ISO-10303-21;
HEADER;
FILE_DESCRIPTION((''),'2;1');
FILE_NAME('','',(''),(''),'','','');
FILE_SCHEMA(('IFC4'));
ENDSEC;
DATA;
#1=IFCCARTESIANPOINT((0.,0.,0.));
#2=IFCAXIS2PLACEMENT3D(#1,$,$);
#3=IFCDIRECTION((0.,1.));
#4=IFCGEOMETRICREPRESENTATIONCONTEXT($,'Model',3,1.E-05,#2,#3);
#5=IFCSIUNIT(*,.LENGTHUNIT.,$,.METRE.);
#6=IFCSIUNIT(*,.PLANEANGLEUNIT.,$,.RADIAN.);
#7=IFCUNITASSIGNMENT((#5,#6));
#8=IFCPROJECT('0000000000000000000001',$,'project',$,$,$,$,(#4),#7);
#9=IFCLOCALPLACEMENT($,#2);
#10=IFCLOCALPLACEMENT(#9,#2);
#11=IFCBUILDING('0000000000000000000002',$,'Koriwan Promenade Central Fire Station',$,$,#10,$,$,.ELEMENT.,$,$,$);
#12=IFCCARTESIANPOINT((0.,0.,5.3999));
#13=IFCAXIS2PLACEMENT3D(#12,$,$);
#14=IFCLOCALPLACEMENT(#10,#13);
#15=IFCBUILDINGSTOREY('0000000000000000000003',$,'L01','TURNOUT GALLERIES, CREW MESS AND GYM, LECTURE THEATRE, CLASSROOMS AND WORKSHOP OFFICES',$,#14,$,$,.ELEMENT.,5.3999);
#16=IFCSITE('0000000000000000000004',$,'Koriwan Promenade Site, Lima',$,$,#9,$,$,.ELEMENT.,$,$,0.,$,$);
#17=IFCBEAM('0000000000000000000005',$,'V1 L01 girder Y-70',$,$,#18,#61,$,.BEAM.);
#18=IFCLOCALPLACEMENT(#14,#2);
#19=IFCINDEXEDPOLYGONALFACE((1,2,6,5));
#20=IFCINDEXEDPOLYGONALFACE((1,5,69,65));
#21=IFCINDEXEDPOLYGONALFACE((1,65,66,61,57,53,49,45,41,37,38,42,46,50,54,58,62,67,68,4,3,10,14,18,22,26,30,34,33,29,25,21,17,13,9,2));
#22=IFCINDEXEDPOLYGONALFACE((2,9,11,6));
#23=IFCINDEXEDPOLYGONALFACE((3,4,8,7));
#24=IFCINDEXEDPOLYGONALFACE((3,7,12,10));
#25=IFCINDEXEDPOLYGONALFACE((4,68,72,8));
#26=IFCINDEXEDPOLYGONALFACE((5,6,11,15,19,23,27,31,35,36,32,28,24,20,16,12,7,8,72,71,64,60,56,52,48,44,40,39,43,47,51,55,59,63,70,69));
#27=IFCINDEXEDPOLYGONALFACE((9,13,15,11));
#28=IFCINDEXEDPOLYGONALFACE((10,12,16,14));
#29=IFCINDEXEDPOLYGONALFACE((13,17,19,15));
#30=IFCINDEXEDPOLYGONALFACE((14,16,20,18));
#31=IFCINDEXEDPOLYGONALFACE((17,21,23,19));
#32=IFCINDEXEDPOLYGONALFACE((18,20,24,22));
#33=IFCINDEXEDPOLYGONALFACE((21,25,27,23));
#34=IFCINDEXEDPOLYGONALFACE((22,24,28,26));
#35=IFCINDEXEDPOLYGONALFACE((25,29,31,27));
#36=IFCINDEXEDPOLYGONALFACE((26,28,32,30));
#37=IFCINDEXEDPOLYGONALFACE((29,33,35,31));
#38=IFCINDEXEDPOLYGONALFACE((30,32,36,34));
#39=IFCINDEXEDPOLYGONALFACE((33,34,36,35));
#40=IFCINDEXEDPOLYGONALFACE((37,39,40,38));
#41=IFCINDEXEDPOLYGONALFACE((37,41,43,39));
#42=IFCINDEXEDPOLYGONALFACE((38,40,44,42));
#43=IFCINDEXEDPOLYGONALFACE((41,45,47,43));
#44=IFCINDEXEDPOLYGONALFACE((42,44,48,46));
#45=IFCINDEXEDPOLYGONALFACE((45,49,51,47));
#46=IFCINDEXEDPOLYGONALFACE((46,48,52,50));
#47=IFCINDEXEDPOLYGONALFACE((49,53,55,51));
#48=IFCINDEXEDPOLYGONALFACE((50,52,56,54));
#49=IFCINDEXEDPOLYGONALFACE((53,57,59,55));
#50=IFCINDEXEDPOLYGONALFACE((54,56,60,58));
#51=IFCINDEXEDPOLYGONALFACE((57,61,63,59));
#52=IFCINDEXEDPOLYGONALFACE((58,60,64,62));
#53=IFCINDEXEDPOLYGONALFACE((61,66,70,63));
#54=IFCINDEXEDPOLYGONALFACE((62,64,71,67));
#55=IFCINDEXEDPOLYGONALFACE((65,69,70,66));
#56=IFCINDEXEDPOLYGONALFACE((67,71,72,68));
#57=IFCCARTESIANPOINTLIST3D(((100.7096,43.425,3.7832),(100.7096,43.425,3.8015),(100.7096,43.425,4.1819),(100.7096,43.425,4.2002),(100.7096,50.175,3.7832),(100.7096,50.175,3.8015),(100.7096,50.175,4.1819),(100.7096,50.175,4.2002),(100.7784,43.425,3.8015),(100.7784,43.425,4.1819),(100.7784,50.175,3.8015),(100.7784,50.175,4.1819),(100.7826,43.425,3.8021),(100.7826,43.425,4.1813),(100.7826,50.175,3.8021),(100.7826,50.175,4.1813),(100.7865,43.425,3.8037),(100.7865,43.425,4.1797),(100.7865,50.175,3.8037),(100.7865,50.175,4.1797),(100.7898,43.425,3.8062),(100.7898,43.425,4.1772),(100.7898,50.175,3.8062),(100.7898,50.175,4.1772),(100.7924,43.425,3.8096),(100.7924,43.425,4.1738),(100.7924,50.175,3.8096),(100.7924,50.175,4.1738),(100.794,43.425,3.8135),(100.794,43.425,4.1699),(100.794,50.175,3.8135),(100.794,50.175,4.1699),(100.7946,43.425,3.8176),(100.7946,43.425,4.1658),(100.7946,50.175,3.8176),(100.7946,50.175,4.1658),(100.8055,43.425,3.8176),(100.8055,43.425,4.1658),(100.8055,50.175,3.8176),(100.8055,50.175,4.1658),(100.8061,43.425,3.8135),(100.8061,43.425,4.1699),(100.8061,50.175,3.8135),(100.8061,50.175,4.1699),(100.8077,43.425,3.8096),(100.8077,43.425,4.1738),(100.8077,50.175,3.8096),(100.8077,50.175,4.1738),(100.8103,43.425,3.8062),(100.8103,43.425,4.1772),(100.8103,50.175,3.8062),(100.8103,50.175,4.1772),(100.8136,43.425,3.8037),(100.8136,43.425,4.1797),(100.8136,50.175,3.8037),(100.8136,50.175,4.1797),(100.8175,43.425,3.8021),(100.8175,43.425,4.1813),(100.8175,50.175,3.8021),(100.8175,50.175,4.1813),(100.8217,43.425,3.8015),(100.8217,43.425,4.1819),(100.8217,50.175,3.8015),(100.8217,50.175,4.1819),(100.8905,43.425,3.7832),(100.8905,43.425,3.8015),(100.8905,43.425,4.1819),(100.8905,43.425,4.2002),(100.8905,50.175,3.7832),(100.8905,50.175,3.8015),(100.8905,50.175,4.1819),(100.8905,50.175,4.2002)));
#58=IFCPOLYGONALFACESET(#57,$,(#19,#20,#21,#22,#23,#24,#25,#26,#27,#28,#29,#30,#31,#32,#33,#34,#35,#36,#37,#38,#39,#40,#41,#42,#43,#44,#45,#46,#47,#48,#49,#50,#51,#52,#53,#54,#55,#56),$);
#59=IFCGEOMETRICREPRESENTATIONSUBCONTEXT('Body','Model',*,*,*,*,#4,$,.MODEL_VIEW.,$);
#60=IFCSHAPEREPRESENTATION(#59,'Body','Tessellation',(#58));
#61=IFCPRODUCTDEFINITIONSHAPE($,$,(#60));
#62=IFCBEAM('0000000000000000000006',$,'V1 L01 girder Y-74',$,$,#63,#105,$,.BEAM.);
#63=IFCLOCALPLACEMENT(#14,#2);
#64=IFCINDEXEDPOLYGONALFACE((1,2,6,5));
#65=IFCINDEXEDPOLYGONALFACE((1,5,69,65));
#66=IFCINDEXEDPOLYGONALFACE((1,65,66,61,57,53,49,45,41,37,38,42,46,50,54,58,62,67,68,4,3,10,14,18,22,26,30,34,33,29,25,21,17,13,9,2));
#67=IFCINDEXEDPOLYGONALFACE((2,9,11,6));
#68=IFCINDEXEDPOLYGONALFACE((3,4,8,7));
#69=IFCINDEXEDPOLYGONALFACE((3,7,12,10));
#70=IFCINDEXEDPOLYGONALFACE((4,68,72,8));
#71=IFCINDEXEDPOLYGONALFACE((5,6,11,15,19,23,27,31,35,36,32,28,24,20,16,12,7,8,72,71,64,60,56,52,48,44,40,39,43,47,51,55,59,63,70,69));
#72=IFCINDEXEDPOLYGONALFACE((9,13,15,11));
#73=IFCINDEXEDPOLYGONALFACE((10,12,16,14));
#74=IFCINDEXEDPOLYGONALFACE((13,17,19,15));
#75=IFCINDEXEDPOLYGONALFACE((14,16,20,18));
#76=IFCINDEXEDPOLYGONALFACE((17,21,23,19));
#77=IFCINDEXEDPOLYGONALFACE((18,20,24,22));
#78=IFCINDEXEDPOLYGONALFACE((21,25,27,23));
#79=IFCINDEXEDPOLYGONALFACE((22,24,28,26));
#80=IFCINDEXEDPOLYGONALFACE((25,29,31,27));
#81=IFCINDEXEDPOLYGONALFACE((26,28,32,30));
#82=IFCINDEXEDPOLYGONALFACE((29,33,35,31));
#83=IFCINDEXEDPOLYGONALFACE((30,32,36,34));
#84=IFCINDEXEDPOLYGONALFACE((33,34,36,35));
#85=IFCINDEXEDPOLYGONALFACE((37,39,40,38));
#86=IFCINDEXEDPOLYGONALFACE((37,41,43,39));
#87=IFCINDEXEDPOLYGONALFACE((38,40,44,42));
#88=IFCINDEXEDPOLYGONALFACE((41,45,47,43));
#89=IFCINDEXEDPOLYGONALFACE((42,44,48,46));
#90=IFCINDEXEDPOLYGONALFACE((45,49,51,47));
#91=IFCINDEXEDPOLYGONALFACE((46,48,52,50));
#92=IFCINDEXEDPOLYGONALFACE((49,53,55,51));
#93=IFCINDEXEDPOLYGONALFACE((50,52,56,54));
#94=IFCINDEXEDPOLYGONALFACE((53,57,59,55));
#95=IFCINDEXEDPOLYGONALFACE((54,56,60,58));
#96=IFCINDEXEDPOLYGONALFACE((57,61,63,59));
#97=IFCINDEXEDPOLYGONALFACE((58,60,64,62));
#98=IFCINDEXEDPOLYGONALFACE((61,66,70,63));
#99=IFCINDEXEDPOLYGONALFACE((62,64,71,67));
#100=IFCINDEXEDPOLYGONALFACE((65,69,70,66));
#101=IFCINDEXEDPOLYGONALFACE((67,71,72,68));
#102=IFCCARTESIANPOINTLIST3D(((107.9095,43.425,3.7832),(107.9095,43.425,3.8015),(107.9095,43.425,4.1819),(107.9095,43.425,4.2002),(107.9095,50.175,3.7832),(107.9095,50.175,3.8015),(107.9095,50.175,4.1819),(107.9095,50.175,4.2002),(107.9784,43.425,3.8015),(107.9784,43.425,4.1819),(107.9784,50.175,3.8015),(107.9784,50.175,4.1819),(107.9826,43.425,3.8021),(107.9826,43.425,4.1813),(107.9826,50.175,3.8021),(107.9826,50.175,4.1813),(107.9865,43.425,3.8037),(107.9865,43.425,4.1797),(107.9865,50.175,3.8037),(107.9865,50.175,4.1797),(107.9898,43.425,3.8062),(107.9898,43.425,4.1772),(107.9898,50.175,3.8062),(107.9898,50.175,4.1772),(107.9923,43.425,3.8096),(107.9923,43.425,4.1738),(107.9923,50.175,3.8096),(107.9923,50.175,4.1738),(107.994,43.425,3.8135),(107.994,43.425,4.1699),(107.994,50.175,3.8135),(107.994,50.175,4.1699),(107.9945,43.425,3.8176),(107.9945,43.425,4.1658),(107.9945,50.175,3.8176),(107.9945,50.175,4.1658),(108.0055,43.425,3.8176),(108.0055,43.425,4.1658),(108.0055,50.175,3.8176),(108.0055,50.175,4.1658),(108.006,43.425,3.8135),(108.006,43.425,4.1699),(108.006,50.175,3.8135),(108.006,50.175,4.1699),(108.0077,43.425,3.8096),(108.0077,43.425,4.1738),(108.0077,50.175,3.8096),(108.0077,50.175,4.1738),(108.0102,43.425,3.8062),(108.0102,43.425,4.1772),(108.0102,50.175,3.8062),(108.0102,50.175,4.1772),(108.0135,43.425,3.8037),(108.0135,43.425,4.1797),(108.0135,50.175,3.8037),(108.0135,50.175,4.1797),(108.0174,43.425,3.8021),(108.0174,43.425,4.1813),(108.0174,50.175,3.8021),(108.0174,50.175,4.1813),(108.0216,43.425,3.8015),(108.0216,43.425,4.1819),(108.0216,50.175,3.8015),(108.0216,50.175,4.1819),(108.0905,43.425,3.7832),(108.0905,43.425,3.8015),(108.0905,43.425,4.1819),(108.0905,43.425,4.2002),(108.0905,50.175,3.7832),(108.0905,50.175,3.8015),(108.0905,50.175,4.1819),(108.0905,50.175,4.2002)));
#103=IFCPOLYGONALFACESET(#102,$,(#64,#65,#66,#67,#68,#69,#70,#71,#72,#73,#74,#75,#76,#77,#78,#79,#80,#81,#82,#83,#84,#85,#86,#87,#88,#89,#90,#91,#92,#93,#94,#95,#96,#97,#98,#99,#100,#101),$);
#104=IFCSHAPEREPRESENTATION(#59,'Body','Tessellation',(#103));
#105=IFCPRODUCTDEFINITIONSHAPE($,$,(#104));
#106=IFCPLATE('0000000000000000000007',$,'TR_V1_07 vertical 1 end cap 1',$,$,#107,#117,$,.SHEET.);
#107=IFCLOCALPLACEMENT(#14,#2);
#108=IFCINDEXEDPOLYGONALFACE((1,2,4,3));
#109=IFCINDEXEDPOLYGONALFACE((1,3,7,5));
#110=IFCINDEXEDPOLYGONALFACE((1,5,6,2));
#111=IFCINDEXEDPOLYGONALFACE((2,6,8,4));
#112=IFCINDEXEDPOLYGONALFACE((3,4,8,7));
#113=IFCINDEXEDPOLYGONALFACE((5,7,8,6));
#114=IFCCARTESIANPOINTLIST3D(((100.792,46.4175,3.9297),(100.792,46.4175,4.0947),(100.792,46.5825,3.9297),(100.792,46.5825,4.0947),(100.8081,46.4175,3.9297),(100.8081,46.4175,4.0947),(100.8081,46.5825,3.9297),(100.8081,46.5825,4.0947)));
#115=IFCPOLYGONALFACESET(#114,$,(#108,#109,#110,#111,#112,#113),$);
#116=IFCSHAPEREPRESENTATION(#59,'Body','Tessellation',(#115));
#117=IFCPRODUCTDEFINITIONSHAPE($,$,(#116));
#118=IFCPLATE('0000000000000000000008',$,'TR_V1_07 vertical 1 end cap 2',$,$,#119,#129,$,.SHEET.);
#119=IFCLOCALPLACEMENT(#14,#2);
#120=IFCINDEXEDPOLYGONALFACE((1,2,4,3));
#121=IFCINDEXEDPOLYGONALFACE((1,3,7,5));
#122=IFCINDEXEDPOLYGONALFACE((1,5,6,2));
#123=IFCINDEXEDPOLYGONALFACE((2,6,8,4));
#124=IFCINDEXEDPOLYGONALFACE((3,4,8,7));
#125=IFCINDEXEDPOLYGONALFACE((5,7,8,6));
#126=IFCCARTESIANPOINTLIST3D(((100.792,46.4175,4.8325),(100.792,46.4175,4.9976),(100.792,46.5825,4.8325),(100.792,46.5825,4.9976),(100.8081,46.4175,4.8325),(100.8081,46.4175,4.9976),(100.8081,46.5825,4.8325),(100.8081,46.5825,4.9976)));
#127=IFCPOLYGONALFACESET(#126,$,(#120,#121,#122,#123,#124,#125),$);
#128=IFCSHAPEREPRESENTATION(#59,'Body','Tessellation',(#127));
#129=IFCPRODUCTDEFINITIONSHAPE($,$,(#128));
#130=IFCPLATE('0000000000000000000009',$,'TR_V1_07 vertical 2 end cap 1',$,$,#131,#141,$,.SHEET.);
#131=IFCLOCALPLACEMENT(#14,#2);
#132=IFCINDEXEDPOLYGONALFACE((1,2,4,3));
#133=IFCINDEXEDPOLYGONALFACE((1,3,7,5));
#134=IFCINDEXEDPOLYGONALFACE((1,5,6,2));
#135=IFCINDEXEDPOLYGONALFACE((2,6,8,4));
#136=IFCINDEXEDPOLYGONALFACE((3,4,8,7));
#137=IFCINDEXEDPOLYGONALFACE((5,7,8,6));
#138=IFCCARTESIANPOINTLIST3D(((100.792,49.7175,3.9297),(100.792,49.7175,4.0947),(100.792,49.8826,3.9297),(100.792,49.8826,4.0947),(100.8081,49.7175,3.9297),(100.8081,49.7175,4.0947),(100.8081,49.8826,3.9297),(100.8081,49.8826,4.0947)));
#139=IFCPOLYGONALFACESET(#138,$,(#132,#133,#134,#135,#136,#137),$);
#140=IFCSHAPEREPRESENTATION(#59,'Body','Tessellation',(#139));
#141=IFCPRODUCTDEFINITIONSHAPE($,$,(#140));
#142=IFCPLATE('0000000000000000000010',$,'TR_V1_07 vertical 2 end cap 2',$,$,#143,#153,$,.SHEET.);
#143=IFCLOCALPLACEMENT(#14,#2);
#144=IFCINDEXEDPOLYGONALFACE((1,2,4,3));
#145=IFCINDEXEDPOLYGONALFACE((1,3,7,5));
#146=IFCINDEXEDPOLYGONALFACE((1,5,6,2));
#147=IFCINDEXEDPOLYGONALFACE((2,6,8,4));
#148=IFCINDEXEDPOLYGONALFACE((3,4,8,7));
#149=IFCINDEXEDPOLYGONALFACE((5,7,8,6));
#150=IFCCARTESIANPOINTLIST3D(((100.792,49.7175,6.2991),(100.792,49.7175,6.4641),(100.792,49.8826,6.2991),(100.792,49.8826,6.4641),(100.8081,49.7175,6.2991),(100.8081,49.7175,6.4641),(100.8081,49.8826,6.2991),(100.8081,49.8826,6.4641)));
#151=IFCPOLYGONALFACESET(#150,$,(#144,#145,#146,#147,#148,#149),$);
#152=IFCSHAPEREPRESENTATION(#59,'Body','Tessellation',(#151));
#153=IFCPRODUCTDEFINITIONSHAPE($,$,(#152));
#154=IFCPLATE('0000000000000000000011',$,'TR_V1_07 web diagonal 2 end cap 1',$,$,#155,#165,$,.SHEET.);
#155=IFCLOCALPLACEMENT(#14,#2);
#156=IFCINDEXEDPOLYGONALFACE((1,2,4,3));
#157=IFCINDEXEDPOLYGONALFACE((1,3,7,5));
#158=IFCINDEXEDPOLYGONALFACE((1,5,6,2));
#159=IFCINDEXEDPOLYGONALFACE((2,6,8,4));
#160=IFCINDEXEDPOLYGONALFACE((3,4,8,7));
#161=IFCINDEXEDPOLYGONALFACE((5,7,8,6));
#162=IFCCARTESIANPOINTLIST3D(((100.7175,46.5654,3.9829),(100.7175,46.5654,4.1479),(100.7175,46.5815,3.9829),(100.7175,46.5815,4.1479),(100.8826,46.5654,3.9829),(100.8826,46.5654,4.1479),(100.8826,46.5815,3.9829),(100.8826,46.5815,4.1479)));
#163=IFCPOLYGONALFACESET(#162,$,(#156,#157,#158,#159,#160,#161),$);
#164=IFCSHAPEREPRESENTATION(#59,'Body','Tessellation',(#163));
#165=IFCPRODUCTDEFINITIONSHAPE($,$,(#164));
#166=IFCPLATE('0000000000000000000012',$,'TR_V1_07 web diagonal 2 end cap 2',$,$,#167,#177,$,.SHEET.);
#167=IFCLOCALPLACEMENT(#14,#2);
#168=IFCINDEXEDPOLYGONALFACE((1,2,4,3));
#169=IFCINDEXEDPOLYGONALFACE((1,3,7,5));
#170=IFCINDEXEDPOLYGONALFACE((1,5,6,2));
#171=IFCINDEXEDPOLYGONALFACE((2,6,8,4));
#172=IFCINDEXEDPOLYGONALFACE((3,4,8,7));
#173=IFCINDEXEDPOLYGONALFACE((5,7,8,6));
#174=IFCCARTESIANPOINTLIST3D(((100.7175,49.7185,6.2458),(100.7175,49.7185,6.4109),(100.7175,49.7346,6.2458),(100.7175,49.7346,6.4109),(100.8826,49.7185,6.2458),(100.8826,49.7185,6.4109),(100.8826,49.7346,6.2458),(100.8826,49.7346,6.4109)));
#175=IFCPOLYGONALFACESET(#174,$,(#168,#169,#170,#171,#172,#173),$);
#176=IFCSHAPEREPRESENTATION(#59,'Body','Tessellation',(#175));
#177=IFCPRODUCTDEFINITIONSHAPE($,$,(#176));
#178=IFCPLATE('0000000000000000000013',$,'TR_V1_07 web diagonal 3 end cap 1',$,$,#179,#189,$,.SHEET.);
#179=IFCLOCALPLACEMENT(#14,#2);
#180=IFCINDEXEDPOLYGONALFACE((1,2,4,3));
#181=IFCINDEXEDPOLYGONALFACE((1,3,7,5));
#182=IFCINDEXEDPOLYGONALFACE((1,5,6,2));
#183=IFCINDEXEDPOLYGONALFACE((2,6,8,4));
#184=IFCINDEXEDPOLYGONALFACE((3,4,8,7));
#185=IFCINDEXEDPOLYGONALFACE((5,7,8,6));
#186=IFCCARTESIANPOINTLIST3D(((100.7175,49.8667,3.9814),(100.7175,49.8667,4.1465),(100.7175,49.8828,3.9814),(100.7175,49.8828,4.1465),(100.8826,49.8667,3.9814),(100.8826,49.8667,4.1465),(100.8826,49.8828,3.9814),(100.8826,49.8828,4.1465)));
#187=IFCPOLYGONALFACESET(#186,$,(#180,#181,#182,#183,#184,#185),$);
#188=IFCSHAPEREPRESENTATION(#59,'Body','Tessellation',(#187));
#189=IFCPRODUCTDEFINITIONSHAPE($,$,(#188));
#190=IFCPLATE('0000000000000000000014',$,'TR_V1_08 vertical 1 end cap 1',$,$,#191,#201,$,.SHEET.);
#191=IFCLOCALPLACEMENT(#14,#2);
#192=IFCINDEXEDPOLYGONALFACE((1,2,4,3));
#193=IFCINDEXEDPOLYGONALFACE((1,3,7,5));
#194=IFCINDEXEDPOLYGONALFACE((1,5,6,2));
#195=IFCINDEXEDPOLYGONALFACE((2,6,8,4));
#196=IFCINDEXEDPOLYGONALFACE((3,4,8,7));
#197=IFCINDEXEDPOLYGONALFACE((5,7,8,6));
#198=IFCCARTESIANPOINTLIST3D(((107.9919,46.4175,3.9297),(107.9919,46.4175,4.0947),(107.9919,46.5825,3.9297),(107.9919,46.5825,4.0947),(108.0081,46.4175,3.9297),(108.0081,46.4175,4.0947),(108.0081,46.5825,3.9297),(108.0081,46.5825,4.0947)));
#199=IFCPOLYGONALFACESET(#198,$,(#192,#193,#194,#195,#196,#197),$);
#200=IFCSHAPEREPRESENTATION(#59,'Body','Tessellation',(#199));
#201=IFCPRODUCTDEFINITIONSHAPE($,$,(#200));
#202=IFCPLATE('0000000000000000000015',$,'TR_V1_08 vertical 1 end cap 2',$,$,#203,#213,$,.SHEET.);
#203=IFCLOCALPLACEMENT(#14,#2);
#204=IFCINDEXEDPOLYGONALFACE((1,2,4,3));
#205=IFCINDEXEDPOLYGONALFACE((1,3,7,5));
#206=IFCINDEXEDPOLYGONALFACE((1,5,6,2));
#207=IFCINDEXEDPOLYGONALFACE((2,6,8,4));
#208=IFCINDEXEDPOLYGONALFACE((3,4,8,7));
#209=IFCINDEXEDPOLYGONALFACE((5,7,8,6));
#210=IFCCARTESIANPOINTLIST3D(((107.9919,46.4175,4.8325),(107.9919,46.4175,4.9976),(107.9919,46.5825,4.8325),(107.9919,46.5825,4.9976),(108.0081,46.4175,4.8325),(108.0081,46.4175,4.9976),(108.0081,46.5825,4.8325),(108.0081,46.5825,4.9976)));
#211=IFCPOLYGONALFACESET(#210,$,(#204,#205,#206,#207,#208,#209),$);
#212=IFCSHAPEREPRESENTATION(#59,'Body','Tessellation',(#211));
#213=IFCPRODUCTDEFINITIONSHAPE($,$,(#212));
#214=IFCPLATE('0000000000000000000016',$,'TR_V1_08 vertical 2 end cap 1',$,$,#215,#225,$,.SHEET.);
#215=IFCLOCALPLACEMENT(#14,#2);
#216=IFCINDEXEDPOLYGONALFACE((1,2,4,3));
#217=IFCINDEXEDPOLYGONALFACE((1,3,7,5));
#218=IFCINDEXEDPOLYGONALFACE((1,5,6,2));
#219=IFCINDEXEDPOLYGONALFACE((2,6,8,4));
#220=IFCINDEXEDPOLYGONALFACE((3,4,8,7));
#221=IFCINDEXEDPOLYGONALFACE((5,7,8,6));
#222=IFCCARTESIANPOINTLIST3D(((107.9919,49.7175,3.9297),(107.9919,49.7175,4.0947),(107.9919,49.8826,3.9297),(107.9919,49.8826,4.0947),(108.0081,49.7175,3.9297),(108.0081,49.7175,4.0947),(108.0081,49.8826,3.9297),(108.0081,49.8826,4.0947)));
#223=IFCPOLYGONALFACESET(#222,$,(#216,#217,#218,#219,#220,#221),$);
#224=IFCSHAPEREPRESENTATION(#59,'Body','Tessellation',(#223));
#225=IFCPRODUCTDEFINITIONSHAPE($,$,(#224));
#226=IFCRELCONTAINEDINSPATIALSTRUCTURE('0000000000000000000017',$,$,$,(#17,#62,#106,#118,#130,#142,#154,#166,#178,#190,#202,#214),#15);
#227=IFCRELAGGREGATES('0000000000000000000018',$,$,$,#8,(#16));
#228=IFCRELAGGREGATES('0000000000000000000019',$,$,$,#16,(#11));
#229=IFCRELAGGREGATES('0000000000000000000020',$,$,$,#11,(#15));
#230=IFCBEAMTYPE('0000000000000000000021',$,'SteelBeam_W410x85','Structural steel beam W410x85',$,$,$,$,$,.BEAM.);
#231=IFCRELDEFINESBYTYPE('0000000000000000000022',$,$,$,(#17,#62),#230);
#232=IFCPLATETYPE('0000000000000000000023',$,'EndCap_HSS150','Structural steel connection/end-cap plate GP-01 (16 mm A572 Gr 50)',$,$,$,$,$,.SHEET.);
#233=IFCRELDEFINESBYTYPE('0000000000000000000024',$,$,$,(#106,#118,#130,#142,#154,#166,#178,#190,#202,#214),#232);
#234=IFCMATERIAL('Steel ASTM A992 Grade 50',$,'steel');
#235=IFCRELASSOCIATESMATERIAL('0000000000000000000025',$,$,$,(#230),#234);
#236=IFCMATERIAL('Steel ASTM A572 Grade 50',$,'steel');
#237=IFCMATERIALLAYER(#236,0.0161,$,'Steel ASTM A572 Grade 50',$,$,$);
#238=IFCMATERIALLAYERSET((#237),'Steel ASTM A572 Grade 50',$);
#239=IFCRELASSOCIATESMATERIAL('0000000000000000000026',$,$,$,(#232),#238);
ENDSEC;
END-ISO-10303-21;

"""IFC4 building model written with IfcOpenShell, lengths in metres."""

from ifc_helpers import new_model, si_unit, direction, frame, origin, origin_2d, place, context, subcontext, project, spatial, rectangle, i_section, extrude, material, layer, layer_set, material_profile, profile_set, type_object, element, save


model = new_model("IFC4")

# Units and contexts
model_context = context("Model", 3, precision=1e-05, world=origin(), true_north=direction((0.0, 1.0)))
body_context = subcontext(model_context, "Body", "Model", "MODEL_VIEW")
ifc_project = project(units=[si_unit("LENGTHUNIT", "METRE"), si_unit("PLANEANGLEUNIT", "RADIAN")], contexts=[model_context])

# Site, building, storey
site_placement = place(None, origin())
site = spatial("IfcSite", under=ifc_project, at=site_placement, Name="Koriwan Promenade Site, Lima", CompositionType="ELEMENT", RefElevation=0.0)
building_placement = place(site_placement, origin())
building = spatial("IfcBuilding", under=site, at=building_placement, Name="Koriwan Promenade Central Fire Station", CompositionType="ELEMENT")
storey_placement = place(building_placement, frame((0.0, 0.0, 5.3999)))
storey = spatial("IfcBuildingStorey", under=building, at=storey_placement, Name="L01", Description="TURNOUT GALLERIES, CREW MESS AND GYM, LECTURE THEATRE, CLASSROOMS AND WORKSHOP OFFICES", CompositionType="ELEMENT", Elevation=5.3999)

# Beams
ifc_material_1 = material(Name="Steel ASTM A992 Grade 50", Category="steel")
ifc_material_profile_1 = material_profile(ifc_material_1, i_section(OverallWidth=0.1809, OverallDepth=0.417, WebThickness=0.011, FlangeThickness=0.0183, FilletRadius=0.0161, at=origin_2d()), Name="W410x85")
ifc_profile_set_1 = profile_set([ifc_material_profile_1], Name="Steel ASTM A992 Grade 50")
beam_type_1 = type_object("IfcBeamType", Name="SteelBeam_W410x85", Description="Structural steel beam W410x85", PredefinedType="BEAM", material=ifc_profile_set_1)
for number, where, z_axis, x_axis, name in (
    (1, (100.8, 43.425, 3.9917), (0.0, 1.0, 0.0), (-1.0, 0.0, 0.0), "V1 L01 girder Y-70"),
    (2, (108.0, 43.425, 3.9917), (0.0, 1.0, 0.0), (-1.0, 0.0, 0.0), "V1 L01 girder Y-74"),
):
    element("IfcBeam", number, at=place(storey_placement, frame(where, z_axis=z_axis, x_axis=x_axis)), inside=storey, type_object=beam_type_1, Name=name, PredefinedType="BEAM", context=body_context, shape_type="SweptSolid", body=[
        extrude(i_section(OverallWidth=0.1809, OverallDepth=0.417, WebThickness=0.011, FlangeThickness=0.0183, FilletRadius=0.0161, at=origin_2d()), origin(), (0.0, 0.0, 1.0), 6.75),
    ])

# Plates
ifc_material_2 = material(Name="Steel ASTM A572 Grade 50", Category="steel")
ifc_layer_1 = layer(ifc_material_2, 0.0161, Name="Steel ASTM A572 Grade 50")
ifc_layer_set_1 = layer_set([ifc_layer_1], Name="Steel ASTM A572 Grade 50")
plate_type = type_object("IfcPlateType", Name="EndCap_HSS150", Description="Structural steel connection/end-cap plate GP-01 (16 mm A572 Gr 50)", PredefinedType="SHEET", material=ifc_layer_set_1)
for number, where, z_axis, x_axis, name in (
    (3, (100.8, 46.5, 3.9297), (0.0, 0.0, 1.0), (1.0, 0.0, 0.0), "TR_V1_07 vertical 1 end cap 1"),
    (4, (100.8, 46.5, 4.8325), (0.0, 0.0, 1.0), (1.0, 0.0, 0.0), "TR_V1_07 vertical 1 end cap 2"),
    (5, (100.8, 49.8, 3.9297), (0.0, 0.0, 1.0), (1.0, 0.0, 0.0), "TR_V1_07 vertical 2 end cap 1"),
    (6, (100.8, 49.8, 6.2991), (0.0, 0.0, 1.0), (1.0, 0.0, 0.0), "TR_V1_07 vertical 2 end cap 2"),
    (7, (100.8, 46.5735, 3.9829), (0.0, 0.0, 1.0), (0.0, 1.0, 0.0), "TR_V1_07 web diagonal 2 end cap 1"),
    (8, (100.8, 49.7266, 6.2458), (0.0, 0.0, 1.0), (0.0, 1.0, 0.0), "TR_V1_07 web diagonal 2 end cap 2"),
    (9, (100.8, 49.8748, 3.9814), (0.0, 0.0, 1.0), (0.0, 1.0, 0.0), "TR_V1_07 web diagonal 3 end cap 1"),
    (10, (108.0, 46.5, 3.9297), (0.0, 0.0, 1.0), (1.0, 0.0, 0.0), "TR_V1_08 vertical 1 end cap 1"),
    (11, (108.0, 46.5, 4.8325), (0.0, 0.0, 1.0), (1.0, 0.0, 0.0), "TR_V1_08 vertical 1 end cap 2"),
    (12, (108.0, 49.8, 3.9297), (0.0, 0.0, 1.0), (1.0, 0.0, 0.0), "TR_V1_08 vertical 2 end cap 1"),
):
    element("IfcPlate", number, at=place(storey_placement, frame(where, z_axis=z_axis, x_axis=x_axis)), inside=storey, type_object=plate_type, Name=name, PredefinedType="SHEET", context=body_context, shape_type="SweptSolid", body=[
        extrude(rectangle(XDim=0.0161, YDim=0.165, at=origin_2d()), origin(), (0.0, 0.0, 1.0), 0.165),
    ])

save(model, "model.ifc")
